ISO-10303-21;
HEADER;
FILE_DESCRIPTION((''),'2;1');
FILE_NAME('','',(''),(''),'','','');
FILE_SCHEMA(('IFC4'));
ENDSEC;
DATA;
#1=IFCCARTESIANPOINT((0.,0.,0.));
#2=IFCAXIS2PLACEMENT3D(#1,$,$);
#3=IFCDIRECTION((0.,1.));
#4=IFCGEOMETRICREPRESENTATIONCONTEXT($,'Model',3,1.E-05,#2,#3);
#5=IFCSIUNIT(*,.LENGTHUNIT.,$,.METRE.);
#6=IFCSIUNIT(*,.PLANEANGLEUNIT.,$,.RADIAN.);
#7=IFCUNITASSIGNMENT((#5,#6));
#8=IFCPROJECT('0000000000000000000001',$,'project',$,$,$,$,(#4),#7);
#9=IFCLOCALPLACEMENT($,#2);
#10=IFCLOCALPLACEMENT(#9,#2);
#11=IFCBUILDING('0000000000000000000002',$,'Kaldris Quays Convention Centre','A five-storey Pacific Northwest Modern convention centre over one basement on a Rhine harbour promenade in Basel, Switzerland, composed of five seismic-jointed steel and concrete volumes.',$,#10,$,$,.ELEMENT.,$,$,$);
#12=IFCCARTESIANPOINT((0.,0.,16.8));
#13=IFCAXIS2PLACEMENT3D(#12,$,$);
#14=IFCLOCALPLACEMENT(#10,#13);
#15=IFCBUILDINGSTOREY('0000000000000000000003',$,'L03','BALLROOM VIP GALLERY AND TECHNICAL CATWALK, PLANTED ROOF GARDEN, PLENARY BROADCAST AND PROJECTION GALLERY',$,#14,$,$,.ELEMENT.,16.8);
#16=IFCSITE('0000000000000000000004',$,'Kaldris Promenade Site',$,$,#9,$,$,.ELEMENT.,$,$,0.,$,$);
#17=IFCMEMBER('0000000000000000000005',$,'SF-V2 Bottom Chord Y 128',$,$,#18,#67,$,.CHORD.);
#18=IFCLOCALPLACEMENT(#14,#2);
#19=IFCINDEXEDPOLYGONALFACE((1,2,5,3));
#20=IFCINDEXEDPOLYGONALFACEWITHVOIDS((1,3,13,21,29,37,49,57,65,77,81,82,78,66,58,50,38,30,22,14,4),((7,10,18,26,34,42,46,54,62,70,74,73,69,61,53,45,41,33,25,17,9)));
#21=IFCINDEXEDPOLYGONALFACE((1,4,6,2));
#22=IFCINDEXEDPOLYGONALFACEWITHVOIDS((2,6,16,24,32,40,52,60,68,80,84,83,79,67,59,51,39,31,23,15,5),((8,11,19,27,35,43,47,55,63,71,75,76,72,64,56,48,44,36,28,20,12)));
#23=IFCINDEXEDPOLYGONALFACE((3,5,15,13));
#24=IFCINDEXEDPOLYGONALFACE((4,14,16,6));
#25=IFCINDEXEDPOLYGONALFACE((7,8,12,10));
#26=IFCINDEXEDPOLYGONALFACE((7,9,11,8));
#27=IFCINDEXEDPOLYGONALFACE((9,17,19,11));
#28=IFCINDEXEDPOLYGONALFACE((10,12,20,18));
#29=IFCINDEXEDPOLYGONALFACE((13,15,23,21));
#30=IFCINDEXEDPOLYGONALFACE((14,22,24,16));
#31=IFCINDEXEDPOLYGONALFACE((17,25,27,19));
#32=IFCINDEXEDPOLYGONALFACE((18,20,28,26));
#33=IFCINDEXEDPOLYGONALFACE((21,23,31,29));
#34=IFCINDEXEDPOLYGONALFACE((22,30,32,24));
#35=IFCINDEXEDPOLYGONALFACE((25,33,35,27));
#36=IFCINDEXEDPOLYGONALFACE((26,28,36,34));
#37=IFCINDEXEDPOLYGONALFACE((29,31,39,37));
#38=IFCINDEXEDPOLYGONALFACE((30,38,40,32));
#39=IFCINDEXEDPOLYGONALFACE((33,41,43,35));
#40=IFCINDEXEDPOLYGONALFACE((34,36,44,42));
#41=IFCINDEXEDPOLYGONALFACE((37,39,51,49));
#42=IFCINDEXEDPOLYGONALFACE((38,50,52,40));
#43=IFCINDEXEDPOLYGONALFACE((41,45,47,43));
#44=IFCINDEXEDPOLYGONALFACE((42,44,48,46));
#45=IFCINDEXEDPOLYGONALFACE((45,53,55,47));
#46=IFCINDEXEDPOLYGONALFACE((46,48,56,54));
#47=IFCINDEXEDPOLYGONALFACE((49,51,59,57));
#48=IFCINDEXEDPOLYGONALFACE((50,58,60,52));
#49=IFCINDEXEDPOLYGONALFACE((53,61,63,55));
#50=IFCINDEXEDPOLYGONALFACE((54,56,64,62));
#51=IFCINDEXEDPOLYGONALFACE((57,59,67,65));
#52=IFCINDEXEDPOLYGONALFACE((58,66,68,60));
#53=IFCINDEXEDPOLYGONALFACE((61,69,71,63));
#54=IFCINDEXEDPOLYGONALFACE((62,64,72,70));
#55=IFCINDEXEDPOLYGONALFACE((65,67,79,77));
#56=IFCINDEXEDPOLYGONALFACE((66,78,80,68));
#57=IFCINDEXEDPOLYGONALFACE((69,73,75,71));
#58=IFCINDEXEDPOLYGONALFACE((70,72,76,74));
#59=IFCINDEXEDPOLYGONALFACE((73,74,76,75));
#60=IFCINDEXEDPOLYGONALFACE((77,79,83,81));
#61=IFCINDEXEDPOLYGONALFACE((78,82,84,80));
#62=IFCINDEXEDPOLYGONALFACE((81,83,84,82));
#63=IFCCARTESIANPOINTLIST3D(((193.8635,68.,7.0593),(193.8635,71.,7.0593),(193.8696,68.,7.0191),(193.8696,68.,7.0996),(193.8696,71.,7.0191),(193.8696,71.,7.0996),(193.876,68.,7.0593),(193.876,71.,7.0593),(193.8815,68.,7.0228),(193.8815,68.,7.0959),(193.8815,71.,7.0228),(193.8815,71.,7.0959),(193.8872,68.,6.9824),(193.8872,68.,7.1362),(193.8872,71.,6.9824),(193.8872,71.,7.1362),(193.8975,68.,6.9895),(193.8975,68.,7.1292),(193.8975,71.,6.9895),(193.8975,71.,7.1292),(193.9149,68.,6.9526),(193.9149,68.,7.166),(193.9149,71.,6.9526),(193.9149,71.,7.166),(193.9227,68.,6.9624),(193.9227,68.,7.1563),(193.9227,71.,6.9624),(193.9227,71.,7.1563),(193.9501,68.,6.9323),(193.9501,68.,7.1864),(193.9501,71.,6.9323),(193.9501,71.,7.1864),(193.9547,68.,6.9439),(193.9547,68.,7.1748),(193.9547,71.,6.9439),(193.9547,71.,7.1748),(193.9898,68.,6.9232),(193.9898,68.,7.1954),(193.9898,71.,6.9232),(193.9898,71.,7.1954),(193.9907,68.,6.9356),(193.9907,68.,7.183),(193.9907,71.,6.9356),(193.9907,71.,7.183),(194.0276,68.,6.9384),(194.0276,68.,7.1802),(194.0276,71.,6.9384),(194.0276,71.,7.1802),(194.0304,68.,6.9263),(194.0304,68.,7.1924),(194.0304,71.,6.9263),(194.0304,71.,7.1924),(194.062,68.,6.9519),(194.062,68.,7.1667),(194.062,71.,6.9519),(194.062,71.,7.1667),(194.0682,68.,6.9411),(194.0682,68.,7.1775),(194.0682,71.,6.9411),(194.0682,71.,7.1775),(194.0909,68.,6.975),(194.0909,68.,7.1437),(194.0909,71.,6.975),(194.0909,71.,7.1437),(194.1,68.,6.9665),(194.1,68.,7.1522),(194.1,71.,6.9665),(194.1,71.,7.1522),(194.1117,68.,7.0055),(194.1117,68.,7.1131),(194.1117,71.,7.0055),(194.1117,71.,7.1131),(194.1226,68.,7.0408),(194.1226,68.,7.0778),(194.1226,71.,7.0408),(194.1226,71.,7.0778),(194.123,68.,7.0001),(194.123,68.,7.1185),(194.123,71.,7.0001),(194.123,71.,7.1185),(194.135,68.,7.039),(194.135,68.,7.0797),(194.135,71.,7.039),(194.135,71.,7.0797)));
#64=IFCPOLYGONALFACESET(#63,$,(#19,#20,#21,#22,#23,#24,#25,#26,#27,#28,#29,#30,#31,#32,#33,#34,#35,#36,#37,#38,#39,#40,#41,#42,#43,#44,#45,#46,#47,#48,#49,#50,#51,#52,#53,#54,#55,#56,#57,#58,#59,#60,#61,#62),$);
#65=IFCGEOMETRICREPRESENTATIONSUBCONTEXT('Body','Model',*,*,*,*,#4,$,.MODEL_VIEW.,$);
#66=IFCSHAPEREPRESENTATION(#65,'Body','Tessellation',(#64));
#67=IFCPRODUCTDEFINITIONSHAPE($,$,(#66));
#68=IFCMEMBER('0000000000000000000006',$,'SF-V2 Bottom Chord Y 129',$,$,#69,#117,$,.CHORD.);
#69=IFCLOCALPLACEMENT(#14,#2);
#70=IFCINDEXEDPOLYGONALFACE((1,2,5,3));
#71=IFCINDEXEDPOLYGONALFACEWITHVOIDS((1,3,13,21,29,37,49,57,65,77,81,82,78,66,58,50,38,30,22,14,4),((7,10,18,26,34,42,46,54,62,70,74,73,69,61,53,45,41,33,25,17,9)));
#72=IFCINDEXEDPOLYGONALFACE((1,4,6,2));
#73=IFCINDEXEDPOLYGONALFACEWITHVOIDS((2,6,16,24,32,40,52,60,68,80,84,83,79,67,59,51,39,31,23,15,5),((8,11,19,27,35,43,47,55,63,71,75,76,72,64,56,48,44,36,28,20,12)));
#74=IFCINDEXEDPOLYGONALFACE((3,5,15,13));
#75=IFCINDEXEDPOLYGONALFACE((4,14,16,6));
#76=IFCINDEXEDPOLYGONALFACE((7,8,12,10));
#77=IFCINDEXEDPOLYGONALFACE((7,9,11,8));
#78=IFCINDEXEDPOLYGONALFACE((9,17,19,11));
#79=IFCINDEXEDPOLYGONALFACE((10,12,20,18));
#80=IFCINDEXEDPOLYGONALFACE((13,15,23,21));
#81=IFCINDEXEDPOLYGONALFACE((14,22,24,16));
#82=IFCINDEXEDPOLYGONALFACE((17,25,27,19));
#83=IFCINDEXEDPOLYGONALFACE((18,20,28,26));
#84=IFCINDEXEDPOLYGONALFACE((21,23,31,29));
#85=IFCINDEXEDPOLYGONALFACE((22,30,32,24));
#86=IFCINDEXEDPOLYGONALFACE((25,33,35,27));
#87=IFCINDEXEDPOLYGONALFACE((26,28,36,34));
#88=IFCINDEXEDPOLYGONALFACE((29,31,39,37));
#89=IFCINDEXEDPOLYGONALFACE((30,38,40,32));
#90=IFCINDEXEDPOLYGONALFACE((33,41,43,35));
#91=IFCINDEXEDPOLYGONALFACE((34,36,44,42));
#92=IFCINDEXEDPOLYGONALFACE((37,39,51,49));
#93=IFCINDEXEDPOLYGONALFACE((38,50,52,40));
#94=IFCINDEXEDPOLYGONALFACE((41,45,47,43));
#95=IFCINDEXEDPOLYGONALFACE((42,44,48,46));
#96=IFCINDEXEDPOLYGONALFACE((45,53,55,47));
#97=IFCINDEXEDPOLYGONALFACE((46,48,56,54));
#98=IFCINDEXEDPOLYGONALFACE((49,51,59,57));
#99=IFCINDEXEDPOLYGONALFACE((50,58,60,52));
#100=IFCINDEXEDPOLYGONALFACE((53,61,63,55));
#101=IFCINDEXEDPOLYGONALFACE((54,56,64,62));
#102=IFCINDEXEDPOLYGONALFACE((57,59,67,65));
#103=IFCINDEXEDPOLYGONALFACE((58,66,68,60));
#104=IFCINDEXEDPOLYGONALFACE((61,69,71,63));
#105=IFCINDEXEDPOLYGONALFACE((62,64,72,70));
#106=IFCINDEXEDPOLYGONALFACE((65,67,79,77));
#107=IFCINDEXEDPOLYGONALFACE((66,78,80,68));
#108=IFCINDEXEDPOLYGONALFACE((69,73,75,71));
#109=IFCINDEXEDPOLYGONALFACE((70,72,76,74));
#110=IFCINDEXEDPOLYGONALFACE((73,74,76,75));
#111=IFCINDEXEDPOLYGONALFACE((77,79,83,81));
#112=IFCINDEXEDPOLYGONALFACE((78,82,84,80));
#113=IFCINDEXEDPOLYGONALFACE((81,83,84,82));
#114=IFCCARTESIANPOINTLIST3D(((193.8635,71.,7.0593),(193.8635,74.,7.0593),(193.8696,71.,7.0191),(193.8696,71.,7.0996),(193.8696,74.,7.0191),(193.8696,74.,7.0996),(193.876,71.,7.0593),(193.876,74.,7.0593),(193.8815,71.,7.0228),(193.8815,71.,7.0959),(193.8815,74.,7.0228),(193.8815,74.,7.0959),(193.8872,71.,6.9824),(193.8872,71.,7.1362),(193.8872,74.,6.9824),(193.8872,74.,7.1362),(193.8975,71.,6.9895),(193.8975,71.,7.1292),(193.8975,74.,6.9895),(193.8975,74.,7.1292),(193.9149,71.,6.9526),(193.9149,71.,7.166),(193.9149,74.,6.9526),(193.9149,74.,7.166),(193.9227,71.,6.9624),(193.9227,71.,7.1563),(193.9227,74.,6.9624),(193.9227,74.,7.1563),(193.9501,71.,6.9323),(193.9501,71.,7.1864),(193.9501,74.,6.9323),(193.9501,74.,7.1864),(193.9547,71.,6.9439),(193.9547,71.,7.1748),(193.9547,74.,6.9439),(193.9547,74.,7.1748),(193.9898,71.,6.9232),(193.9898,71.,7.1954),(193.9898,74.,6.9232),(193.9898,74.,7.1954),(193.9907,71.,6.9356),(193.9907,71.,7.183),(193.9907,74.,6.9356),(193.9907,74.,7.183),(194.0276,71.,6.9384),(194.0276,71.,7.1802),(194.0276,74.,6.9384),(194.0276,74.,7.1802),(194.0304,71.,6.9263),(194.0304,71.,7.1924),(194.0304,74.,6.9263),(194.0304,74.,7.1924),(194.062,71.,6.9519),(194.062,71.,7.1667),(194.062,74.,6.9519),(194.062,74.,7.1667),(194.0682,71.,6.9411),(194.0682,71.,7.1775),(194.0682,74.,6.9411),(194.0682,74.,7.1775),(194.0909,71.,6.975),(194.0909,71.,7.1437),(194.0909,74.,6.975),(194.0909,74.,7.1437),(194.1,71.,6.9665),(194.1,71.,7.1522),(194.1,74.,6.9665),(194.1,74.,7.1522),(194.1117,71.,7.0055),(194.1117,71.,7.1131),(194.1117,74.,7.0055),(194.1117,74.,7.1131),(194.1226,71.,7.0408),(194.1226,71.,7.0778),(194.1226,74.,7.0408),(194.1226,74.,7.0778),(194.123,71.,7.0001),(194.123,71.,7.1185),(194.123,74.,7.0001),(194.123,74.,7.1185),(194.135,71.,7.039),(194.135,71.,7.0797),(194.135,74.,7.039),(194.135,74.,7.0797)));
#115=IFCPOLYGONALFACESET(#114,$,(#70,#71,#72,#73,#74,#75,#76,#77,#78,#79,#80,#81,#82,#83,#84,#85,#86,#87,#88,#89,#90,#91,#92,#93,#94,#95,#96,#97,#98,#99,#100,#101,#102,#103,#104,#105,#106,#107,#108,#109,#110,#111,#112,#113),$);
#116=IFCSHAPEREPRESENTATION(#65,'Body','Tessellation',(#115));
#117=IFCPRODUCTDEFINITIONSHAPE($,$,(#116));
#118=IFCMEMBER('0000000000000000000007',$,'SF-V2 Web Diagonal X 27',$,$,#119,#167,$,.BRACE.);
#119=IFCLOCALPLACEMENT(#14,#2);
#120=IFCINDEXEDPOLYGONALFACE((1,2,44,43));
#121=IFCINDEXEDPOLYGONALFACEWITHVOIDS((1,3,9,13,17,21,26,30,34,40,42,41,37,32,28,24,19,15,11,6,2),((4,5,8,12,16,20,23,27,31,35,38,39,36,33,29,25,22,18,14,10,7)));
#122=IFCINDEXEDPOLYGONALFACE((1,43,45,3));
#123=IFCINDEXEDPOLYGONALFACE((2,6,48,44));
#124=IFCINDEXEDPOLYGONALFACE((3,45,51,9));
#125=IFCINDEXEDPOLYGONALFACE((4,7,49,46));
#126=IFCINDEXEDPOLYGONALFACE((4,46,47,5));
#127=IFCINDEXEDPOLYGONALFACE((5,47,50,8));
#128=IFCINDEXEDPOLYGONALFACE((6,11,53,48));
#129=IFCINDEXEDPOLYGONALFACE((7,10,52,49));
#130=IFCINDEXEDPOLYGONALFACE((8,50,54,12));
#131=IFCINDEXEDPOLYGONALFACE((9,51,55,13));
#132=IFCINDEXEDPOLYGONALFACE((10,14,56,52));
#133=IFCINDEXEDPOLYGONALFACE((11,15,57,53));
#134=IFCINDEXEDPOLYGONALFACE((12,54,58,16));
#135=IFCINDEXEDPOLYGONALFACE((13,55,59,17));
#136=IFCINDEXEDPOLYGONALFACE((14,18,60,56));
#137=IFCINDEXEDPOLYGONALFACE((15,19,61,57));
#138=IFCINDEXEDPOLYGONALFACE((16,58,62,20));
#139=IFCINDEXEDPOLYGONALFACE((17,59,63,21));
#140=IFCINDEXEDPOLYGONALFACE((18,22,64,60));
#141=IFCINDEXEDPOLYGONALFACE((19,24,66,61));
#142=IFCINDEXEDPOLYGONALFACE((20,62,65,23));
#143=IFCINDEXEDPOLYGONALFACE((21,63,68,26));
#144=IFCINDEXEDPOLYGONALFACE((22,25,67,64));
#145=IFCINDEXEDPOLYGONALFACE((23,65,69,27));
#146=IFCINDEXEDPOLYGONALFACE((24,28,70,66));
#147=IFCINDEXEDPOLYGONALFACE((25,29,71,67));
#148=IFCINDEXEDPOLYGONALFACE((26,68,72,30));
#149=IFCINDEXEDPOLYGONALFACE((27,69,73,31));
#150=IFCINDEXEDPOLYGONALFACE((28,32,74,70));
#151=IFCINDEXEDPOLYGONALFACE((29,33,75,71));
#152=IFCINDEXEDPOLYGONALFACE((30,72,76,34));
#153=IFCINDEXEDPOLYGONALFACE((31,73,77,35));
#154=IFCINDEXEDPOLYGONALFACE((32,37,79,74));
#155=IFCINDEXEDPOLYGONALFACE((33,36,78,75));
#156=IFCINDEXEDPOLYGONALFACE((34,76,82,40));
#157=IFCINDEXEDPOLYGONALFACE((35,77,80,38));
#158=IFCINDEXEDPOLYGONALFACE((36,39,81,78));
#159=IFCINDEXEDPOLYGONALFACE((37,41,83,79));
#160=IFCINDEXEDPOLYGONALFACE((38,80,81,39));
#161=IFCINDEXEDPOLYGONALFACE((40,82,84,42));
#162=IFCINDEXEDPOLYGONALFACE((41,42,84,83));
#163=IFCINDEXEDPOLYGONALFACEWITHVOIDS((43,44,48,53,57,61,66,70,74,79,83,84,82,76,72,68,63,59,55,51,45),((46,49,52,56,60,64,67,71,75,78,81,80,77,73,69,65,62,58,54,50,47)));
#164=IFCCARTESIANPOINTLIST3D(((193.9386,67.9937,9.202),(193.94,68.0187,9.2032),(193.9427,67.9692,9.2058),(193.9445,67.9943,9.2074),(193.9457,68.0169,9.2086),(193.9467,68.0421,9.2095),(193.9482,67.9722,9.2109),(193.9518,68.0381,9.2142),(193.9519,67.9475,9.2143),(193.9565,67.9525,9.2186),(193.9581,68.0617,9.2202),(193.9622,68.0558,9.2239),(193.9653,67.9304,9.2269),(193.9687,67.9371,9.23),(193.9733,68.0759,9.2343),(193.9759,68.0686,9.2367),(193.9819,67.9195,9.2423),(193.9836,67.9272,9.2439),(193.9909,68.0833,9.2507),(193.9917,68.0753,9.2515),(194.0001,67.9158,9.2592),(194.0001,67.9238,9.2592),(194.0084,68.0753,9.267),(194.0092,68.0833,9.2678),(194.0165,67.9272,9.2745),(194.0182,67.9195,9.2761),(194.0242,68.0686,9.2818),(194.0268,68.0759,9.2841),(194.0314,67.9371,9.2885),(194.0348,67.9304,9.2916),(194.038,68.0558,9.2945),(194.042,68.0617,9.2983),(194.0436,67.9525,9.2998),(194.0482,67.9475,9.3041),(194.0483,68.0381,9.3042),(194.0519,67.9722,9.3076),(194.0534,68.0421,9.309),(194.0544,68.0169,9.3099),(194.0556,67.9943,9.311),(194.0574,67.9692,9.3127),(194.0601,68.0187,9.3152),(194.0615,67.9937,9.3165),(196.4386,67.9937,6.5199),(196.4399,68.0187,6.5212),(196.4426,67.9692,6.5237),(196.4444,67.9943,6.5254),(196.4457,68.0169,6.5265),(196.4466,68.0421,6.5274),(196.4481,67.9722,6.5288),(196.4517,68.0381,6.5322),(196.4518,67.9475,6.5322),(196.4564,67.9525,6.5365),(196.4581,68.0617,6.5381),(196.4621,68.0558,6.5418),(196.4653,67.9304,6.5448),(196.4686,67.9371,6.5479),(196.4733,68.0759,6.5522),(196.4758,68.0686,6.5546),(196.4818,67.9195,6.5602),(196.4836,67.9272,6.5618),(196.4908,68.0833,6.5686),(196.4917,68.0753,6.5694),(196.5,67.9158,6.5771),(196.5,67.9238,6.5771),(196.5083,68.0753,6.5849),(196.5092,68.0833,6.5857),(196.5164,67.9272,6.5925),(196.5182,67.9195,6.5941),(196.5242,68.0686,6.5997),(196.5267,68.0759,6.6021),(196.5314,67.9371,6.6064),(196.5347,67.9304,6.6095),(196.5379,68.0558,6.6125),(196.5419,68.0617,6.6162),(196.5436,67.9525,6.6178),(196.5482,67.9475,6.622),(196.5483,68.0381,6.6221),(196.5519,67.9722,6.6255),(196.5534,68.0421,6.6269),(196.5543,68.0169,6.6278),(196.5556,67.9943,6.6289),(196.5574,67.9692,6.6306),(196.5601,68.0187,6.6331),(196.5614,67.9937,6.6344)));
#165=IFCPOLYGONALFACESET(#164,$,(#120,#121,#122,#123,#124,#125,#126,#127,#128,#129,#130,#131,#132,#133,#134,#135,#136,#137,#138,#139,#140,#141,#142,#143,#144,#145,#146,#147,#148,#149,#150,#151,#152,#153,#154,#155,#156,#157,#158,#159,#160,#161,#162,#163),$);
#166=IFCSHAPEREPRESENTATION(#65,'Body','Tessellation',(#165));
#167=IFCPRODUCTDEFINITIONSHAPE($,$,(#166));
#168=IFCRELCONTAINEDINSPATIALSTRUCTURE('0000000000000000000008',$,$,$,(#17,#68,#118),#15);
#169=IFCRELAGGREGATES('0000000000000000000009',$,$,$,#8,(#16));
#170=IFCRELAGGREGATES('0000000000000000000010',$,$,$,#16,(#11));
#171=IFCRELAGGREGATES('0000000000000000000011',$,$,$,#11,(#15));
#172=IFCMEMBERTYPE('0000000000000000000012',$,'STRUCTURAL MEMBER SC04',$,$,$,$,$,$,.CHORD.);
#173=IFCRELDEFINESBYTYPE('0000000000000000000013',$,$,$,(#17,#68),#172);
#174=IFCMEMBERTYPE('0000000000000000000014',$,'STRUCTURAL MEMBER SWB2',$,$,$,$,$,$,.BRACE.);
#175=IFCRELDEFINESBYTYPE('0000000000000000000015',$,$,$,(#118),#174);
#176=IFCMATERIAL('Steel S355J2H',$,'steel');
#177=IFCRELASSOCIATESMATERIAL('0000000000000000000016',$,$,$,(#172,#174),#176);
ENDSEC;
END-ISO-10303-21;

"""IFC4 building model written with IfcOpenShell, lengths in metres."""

from ifc_helpers import new_model, si_unit, direction, frame, origin, origin_2d, place, context, subcontext, project, spatial, hollow_circle, extrude, material, material_profile, profile_set, type_object, element, save


model = new_model("IFC4")

# Units and contexts
model_context = context("Model", 3, precision=1e-05, world=origin(), true_north=direction((0.0, 1.0)))
body_context = subcontext(model_context, "Body", "Model", "MODEL_VIEW")
ifc_project = project(units=[si_unit("LENGTHUNIT", "METRE"), si_unit("PLANEANGLEUNIT", "RADIAN")], contexts=[model_context])

# Site, building, storey
site_placement = place(None, origin())
site = spatial("IfcSite", under=ifc_project, at=site_placement, Name="Kaldris Promenade Site", CompositionType="ELEMENT", RefElevation=0.0)
building_placement = place(site_placement, origin())
building = spatial("IfcBuilding", under=site, at=building_placement, Name="Kaldris Quays Convention Centre", Description="A five-storey Pacific Northwest Modern convention centre over one basement on a Rhine harbour promenade in Basel, Switzerland, composed of five seismic-jointed steel and concrete volumes.", CompositionType="ELEMENT")
storey_placement = place(building_placement, frame((0.0, 0.0, 16.8)))
storey = spatial("IfcBuildingStorey", under=building, at=storey_placement, Name="L03", Description="BALLROOM VIP GALLERY AND TECHNICAL CATWALK, PLANTED ROOF GARDEN, PLENARY BROADCAST AND PROJECTION GALLERY", CompositionType="ELEMENT", Elevation=16.8)

# Members
ifc_material_1 = material(Name="Steel S355J2H", Category="steel")
ifc_material_profile_1 = material_profile(ifc_material_1, hollow_circle(Radius=0.1365, WallThickness=0.0125, at=origin_2d()), Name="CHS 273x12.5")
ifc_profile_set_1 = profile_set([ifc_material_profile_1], Name="Steel S355J2H")
member_type_1 = type_object("IfcMemberType", Name="STRUCTURAL MEMBER SC04", PredefinedType="CHORD", material=ifc_profile_set_1)
for number, where, z_axis, x_axis, name in (
    (1, (194.0, 68.0, 7.0593), (0.0, 1.0, 0.0), (-1.0, 0.0, 0.0), "SF-V2 Bottom Chord Y 128"),
    (2, (194.0, 71.0, 7.0593), (0.0, 1.0, 0.0), (-1.0, 0.0, 0.0), "SF-V2 Bottom Chord Y 129"),
):
    element("IfcMember", number, at=place(storey_placement, frame(where, z_axis=z_axis, x_axis=x_axis)), inside=storey, type_object=member_type_1, Name=name, PredefinedType="CHORD", context=body_context, shape_type="SweptSolid", body=[
        extrude(hollow_circle(Radius=0.1365, WallThickness=0.0125, at=origin_2d()), origin(), (0.0, 0.0, 1.0), 3.0),
    ])
ifc_material_profile_2 = material_profile(ifc_material_1, hollow_circle(Radius=0.0842, WallThickness=0.0081, at=origin_2d()), Name="CHS 168.3x8")
ifc_profile_set_2 = profile_set([ifc_material_profile_2], Name="Steel S355J2H")
member_type_2 = type_object("IfcMemberType", Name="STRUCTURAL MEMBER SWB2", PredefinedType="BRACE", material=ifc_profile_set_2)
member_1_placement = place(storey_placement, frame((196.5, 68.0, 6.5771), z_axis=(-0.681834, 0.0, 0.731507), x_axis=(0.0, -1.0, 0.0)))
element("IfcMember", 3, at=member_1_placement, inside=storey, type_object=member_type_2, Name="SF-V2 Web Diagonal X 27", PredefinedType="BRACE", context=body_context, shape_type="SweptSolid", body=[
    extrude(hollow_circle(Radius=0.0842, WallThickness=0.0081, at=origin_2d()), origin(), (0.0, 0.0, 1.0), 3.6665),
])

save(model, "model.ifc")
